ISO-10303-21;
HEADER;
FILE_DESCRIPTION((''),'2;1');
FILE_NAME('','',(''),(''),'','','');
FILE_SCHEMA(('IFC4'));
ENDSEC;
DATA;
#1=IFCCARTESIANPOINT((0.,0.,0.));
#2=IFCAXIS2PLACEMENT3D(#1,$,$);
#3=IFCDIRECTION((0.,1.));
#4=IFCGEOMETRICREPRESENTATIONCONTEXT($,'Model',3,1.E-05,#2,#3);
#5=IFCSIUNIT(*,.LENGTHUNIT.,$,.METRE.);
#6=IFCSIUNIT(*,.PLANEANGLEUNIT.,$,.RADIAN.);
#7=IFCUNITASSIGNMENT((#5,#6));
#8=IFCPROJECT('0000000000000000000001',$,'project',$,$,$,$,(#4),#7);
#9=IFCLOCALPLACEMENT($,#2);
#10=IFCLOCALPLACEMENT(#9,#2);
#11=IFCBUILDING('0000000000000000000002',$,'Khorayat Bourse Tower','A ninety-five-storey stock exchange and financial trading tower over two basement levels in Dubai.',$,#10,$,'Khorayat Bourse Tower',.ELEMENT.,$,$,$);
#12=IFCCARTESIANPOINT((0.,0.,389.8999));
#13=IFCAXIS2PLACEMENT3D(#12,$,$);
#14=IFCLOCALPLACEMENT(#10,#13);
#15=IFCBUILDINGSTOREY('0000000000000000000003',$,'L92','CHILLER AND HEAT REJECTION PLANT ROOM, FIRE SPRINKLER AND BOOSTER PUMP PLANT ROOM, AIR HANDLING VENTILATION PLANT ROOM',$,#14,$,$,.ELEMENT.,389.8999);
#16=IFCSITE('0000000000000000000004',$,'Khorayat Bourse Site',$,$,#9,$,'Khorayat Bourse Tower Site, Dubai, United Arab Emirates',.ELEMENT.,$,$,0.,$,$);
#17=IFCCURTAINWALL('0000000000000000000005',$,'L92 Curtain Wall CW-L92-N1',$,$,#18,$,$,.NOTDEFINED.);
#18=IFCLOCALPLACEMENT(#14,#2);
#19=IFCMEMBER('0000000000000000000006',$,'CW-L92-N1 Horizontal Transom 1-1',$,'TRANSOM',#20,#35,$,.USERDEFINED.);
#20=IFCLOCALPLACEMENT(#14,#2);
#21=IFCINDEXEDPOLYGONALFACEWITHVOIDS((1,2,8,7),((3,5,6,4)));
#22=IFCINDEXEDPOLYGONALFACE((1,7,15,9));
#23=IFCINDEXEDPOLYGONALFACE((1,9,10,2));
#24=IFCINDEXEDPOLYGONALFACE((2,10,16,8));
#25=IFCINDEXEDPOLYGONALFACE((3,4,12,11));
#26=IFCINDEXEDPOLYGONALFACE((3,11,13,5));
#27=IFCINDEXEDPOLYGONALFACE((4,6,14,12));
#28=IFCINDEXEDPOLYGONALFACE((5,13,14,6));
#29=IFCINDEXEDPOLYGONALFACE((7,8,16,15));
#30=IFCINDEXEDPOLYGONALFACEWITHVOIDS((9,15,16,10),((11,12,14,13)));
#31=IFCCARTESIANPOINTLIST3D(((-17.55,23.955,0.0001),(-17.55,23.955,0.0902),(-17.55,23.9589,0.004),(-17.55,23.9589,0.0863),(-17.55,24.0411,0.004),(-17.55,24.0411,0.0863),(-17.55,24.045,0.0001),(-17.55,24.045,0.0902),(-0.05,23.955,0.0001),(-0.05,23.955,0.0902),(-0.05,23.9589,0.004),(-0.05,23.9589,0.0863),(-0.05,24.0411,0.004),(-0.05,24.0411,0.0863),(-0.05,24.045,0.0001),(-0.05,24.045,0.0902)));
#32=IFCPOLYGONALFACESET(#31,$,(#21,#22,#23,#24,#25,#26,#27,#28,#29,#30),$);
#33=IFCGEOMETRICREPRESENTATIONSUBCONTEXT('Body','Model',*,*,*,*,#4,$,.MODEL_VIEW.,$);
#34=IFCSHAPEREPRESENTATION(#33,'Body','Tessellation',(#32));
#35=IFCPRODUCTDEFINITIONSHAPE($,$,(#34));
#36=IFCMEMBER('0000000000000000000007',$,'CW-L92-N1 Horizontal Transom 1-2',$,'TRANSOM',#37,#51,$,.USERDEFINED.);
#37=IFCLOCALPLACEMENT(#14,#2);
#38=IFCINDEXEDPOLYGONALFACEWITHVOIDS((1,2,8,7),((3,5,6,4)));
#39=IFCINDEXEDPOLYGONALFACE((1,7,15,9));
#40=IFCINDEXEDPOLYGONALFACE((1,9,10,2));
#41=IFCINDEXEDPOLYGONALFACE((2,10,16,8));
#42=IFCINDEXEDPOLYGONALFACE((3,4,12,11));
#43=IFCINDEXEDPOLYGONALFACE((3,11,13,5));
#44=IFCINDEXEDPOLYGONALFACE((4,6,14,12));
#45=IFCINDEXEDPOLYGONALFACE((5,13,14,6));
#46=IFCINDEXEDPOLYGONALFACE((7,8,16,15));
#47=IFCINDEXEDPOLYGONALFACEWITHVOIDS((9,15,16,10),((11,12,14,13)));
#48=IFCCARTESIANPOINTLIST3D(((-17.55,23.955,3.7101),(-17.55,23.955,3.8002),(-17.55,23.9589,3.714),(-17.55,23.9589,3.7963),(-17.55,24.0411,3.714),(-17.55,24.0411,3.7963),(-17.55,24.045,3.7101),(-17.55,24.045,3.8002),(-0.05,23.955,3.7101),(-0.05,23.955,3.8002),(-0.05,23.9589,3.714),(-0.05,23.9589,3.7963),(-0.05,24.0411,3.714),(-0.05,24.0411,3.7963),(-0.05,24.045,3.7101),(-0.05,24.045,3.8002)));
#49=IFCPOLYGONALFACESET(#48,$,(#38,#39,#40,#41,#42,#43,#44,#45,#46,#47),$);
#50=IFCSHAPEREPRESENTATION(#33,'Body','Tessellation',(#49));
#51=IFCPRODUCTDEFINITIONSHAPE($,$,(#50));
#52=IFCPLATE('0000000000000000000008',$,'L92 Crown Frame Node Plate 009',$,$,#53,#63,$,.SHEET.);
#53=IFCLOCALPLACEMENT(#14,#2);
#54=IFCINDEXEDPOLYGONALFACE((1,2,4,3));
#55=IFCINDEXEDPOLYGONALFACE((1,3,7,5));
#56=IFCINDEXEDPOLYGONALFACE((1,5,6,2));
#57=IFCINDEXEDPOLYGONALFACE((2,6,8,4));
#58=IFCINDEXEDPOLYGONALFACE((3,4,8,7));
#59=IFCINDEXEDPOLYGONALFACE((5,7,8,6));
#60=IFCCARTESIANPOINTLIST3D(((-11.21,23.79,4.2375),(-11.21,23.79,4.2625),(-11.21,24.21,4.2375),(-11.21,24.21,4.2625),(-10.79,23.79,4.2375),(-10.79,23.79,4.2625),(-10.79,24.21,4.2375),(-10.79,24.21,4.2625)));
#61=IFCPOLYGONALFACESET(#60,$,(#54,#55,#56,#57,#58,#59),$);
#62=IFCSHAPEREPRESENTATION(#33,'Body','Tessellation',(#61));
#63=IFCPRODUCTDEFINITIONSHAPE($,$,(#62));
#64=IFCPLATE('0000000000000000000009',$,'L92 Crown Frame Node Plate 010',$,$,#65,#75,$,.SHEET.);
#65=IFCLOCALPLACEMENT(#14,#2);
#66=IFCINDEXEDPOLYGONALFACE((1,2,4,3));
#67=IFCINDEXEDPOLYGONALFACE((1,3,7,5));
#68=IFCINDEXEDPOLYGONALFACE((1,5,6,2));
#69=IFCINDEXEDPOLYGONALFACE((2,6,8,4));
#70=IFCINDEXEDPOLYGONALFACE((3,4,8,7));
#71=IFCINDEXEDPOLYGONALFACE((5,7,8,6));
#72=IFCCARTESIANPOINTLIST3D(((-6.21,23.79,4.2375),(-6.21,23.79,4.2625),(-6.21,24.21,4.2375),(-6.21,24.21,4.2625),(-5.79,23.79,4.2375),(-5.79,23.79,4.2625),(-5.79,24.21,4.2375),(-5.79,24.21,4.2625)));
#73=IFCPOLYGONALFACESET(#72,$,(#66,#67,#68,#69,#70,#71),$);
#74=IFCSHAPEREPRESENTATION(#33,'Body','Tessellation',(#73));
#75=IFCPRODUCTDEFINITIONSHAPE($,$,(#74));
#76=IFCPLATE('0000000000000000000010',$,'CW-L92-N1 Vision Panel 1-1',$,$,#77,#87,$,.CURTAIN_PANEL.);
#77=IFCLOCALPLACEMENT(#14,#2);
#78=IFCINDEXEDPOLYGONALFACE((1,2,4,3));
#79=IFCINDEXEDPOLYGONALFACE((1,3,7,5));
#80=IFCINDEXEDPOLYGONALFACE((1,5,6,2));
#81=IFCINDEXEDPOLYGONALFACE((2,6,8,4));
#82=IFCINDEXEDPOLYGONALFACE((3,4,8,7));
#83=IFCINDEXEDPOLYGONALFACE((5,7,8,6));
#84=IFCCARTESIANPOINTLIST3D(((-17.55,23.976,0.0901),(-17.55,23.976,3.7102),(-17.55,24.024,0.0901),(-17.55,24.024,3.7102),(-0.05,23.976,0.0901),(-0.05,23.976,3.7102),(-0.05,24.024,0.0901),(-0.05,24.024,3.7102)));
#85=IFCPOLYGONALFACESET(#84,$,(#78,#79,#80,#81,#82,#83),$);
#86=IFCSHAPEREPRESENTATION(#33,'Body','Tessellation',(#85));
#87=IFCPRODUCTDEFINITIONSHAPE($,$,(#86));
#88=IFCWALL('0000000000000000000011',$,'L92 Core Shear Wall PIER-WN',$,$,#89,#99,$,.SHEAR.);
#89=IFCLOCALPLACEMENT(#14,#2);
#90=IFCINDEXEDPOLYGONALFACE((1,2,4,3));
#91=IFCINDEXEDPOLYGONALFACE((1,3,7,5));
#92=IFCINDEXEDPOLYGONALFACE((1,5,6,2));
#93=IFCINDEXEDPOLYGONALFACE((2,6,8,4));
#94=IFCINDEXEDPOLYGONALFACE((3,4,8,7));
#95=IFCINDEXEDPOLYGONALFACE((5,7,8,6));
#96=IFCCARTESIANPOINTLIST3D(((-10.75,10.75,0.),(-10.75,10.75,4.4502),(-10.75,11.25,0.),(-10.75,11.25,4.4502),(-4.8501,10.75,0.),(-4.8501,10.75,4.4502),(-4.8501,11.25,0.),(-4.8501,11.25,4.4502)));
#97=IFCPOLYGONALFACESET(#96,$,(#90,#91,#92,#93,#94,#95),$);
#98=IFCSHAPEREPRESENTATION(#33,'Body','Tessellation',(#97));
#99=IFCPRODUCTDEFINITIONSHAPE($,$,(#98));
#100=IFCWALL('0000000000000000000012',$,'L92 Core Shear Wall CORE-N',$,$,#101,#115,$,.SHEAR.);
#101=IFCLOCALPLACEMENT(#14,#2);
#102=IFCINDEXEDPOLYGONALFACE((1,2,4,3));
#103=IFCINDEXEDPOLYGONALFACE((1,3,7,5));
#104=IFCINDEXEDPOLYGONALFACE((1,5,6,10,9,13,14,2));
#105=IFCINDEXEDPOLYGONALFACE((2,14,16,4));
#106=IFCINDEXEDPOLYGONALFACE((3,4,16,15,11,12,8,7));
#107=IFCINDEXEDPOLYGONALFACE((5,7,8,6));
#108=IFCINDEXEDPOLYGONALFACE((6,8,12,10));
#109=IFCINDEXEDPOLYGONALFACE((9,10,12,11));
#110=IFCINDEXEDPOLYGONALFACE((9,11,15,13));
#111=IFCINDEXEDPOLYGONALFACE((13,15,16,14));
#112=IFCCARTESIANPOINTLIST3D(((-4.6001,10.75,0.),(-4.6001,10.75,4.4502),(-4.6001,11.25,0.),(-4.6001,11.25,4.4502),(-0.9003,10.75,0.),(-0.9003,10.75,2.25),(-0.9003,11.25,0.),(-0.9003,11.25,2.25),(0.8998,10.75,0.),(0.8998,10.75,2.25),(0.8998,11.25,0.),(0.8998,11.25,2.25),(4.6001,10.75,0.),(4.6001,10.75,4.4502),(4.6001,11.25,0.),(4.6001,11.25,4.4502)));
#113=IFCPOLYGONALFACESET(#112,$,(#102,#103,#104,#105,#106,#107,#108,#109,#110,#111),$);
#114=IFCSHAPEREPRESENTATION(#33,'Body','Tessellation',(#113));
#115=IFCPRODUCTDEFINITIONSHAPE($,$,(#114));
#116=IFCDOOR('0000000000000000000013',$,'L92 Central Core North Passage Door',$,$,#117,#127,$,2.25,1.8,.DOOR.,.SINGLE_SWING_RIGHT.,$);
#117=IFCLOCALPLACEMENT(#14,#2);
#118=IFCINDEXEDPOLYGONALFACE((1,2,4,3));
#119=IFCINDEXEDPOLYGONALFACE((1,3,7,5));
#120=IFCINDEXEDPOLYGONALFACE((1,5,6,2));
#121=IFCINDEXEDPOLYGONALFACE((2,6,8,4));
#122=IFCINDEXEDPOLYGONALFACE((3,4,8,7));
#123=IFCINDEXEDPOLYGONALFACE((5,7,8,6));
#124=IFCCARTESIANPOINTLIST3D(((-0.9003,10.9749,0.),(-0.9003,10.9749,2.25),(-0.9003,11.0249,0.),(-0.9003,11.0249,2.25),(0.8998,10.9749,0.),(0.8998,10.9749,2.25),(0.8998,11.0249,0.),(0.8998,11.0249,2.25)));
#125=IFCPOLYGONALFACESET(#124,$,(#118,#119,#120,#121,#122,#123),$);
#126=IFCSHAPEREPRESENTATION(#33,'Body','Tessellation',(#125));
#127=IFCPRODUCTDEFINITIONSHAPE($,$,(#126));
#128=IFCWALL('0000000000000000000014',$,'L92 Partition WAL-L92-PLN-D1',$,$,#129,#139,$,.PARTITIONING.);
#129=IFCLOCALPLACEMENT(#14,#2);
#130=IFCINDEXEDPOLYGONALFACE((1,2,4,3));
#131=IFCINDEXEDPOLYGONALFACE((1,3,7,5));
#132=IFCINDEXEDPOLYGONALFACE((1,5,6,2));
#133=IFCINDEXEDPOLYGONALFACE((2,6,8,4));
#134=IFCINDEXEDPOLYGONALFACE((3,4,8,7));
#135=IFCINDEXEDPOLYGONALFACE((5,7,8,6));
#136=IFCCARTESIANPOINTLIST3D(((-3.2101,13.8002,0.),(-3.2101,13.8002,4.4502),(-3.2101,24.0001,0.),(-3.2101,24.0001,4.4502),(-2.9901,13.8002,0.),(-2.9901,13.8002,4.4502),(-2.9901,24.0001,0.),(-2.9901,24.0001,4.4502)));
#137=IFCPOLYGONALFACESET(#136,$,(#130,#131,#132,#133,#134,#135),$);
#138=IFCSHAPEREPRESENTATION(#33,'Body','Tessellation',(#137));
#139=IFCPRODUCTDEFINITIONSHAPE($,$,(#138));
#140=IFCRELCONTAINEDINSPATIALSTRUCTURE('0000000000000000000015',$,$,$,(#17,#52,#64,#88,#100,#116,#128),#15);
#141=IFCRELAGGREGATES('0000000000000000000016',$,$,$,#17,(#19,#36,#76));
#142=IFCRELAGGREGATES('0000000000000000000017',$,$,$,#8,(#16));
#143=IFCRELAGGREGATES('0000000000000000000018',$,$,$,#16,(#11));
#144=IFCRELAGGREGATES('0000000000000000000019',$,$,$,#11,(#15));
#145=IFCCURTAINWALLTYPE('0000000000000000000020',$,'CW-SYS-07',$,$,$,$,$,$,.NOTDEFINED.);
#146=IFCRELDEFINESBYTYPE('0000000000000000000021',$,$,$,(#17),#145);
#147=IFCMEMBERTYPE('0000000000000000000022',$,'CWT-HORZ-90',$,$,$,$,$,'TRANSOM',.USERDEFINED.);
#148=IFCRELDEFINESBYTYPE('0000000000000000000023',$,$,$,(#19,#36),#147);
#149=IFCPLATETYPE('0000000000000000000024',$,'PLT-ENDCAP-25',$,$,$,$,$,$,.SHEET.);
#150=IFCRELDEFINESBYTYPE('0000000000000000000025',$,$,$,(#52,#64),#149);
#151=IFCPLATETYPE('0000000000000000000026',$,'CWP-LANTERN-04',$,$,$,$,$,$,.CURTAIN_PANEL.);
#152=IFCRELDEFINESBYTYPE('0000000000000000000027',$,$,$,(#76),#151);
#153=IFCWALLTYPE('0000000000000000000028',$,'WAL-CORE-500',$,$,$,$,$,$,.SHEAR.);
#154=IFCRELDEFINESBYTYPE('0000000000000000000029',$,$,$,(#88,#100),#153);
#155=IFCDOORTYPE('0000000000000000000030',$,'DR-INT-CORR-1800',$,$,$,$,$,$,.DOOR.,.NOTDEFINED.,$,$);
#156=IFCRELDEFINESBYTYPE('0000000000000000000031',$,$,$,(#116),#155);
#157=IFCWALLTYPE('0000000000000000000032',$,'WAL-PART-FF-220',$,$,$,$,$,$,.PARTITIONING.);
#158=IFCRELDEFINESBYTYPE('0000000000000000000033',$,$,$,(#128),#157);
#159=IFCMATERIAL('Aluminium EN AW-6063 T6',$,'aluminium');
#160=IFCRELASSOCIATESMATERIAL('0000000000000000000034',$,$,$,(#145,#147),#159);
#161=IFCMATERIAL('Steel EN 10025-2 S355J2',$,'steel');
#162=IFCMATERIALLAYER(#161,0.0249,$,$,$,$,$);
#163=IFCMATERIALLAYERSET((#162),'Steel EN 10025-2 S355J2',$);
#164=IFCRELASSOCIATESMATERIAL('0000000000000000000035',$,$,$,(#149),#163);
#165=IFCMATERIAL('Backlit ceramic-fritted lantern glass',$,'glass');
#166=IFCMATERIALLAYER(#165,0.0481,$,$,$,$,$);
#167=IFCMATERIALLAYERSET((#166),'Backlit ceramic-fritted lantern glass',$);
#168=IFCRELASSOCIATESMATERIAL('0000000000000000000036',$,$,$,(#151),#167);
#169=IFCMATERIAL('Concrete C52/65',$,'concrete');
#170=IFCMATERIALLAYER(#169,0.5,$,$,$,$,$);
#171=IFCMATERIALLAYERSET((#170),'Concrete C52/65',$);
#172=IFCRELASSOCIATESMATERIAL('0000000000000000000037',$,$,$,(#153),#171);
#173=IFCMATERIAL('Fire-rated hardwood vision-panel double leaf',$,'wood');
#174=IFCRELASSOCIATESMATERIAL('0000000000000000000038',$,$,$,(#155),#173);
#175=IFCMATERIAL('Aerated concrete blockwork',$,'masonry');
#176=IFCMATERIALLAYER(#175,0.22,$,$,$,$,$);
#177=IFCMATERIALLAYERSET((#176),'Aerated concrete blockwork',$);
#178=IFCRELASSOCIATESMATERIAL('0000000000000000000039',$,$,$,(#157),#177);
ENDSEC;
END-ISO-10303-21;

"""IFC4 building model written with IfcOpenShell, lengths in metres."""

from ifc_helpers import new_model, si_unit, direction, frame, frame_2d, origin, origin_2d, place, context, subcontext, project, spatial, rectangle, hollow_rectangle, extrude, source, transform, mapped, material, layer, layer_set, material_profile, profile_set, type_object, element, fill, aggregate, save


model = new_model("IFC4")

# Units and contexts
model_context = context("Model", 3, precision=1e-05, world=origin(), true_north=direction((0.0, 1.0)))
body_context = subcontext(model_context, "Body", "Model", "MODEL_VIEW")
ifc_project = project(units=[si_unit("LENGTHUNIT", "METRE"), si_unit("PLANEANGLEUNIT", "RADIAN")], contexts=[model_context])

# Site, building, storey
site_placement = place(None, origin())
site = spatial("IfcSite", under=ifc_project, at=site_placement, Name="Khorayat Bourse Site", LongName="Khorayat Bourse Tower Site, Dubai, United Arab Emirates", CompositionType="ELEMENT", RefElevation=0.0)
building_placement = place(site_placement, origin())
building = spatial("IfcBuilding", under=site, at=building_placement, Name="Khorayat Bourse Tower", Description="A ninety-five-storey stock exchange and financial trading tower over two basement levels in Dubai.", LongName="Khorayat Bourse Tower", CompositionType="ELEMENT")
storey_placement = place(building_placement, frame((0.0, 0.0, 389.8999)))
storey = spatial("IfcBuildingStorey", under=building, at=storey_placement, Name="L92", Description="CHILLER AND HEAT REJECTION PLANT ROOM, FIRE SPRINKLER AND BOOSTER PUMP PLANT ROOM, AIR HANDLING VENTILATION PLANT ROOM", CompositionType="ELEMENT", Elevation=389.8999)

# Shared definitions
ifc_material_1 = material(Name="Concrete C52/65", Category="concrete")
ifc_material_2 = material(Name="Steel EN 10025-2 S355J2", Category="steel")

# Curtain wall, members
ifc_material_3 = material(Name="Aluminium EN AW-6063 T6", Category="aluminium")
curtain_wall_type = type_object("IfcCurtainWallType", Name="CW-SYS-07", PredefinedType="NOTDEFINED", material=ifc_material_3)
curtain_wall_placement = place(storey_placement, origin())
curtain_wall = element("IfcCurtainWall", 1, at=curtain_wall_placement, inside=storey, type_object=curtain_wall_type, Name="L92 Curtain Wall CW-L92-N1", PredefinedType="NOTDEFINED")
ifc_material_profile_1 = material_profile(ifc_material_3, hollow_rectangle(XDim=0.0901, YDim=0.0901, WallThickness=0.0039, at=origin_2d()), Name="ALU 90x90x4")
ifc_profile_set_1 = profile_set([ifc_material_profile_1], Name="Aluminium EN AW-6063 T6")
member_type_1 = type_object("IfcMemberType", Name="CWT-HORZ-90", ElementType="TRANSOM", PredefinedType="USERDEFINED", material=ifc_profile_set_1)
shared_shape_1 = source(origin(), body_context, "Body", "SweptSolid", [
    extrude(hollow_rectangle(XDim=0.0901, YDim=0.0901, WallThickness=0.0039, at=origin_2d()), origin(), (0.0, 0.0, 1.0), 17.5),
])
member_1_placement = place(storey_placement, frame((-17.55, 24.0, 0.0452), z_axis=(1.0, 0.0, 0.0), x_axis=(0.0, 1.0, 0.0)))
member_1 = element("IfcMember", 2, at=member_1_placement, type_object=member_type_1, Name="CW-L92-N1 Horizontal Transom 1-1", ObjectType="TRANSOM", PredefinedType="USERDEFINED", context=body_context, shape_type="MappedRepresentation", body=[
    mapped(shared_shape_1, transform((0.0, 0.0, 0.0), scale=1.0)),
])
member_2_placement = place(storey_placement, frame((-17.55, 24.0, 3.7551), z_axis=(1.0, 0.0, 0.0), x_axis=(0.0, 1.0, 0.0)))
member_2 = element("IfcMember", 3, at=member_2_placement, type_object=member_type_1, Name="CW-L92-N1 Horizontal Transom 1-2", ObjectType="TRANSOM", PredefinedType="USERDEFINED", context=body_context, shape_type="MappedRepresentation", body=[
    mapped(shared_shape_1, transform((0.0, 0.0, 0.0), scale=1.0)),
])

# Plates
ifc_layer_1 = layer(ifc_material_2, 0.0249)
ifc_layer_set_1 = layer_set([ifc_layer_1], Name="Steel EN 10025-2 S355J2")
plate_type_1 = type_object("IfcPlateType", Name="PLT-ENDCAP-25", PredefinedType="SHEET", material=ifc_layer_set_1)
shared_shape_2 = source(origin(), body_context, "Body", "SweptSolid", [
    extrude(rectangle(XDim=0.4199, YDim=0.4199, at=origin_2d()), origin(), (0.0, 0.0, 1.0), 0.0249),
])
for number, where, z_axis, x_axis, name in (
    (4, (-11.0, 24.0, 4.2375), (0.0, 0.0, 1.0), (1.0, 0.0, 0.0), "L92 Crown Frame Node Plate 009"),
    (5, (-6.0, 24.0, 4.2375), (0.0, 0.0, 1.0), (1.0, 0.0, 0.0), "L92 Crown Frame Node Plate 010"),
):
    element("IfcPlate", number, at=place(storey_placement, frame(where, z_axis=z_axis, x_axis=x_axis)), inside=storey, type_object=plate_type_1, Name=name, PredefinedType="SHEET", context=body_context, shape_type="MappedRepresentation", body=[
        mapped(shared_shape_2, transform((0.0, 0.0, 0.0), scale=1.0)),
    ])

# Plate
ifc_material_4 = material(Name="Backlit ceramic-fritted lantern glass", Category="glass")
ifc_layer_2 = layer(ifc_material_4, 0.0481)
ifc_layer_set_2 = layer_set([ifc_layer_2], Name="Backlit ceramic-fritted lantern glass")
plate_type_2 = type_object("IfcPlateType", Name="CWP-LANTERN-04", PredefinedType="CURTAIN_PANEL", material=ifc_layer_set_2)
shared_shape_3 = source(origin(), body_context, "Body", "SweptSolid", [
    extrude(rectangle(XDim=17.5, YDim=0.0481, at=origin_2d()), origin(), (0.0, 0.0, 1.0), 3.6201),
])
plate_placement = place(storey_placement, frame((-8.8, 24.0, 0.0901), z_axis=(0.0, 0.0, 1.0), x_axis=(1.0, 0.0, 0.0)))
plate = element("IfcPlate", 6, at=plate_placement, type_object=plate_type_2, Name="CW-L92-N1 Vision Panel 1-1", PredefinedType="CURTAIN_PANEL", context=body_context, shape_type="MappedRepresentation", body=[
    mapped(shared_shape_3, transform((0.0, 0.0, 0.0), scale=1.0)),
])
aggregate(curtain_wall, [member_1, member_2, plate])

# Wall
ifc_layer_3 = layer(ifc_material_1, 0.5)
ifc_layer_set_3 = layer_set([ifc_layer_3], Name="Concrete C52/65")
wall_type_1 = type_object("IfcWallType", Name="WAL-CORE-500", PredefinedType="SHEAR", material=ifc_layer_set_3)
shared_shape_4 = source(origin(), body_context, "Body", "SweptSolid", [
    extrude(rectangle(XDim=5.8999, YDim=0.5, at=frame_2d((2.95, 0.0))), origin(), (0.0, 0.0, 1.0), 4.4502),
])
wall_1_placement = place(storey_placement, frame((-10.75, 11.0, 0.0), z_axis=(0.0, 0.0, 1.0), x_axis=(1.0, 0.0, 0.0)))
element("IfcWall", 7, at=wall_1_placement, inside=storey, type_object=wall_type_1, Name="L92 Core Shear Wall PIER-WN", PredefinedType="SHEAR", context=body_context, shape_type="MappedRepresentation", body=[
    mapped(shared_shape_4, transform((0.0, 0.0, 0.0), scale=1.0)),
])

# Wall, opening, door
shared_shape_5 = source(origin(), body_context, "Body", "SweptSolid", [
    extrude(rectangle(XDim=9.2002, YDim=0.5, at=frame_2d((4.6001, 0.0))), origin(), (0.0, 0.0, 1.0), 4.4502),
])
wall_2_placement = place(storey_placement, frame((-4.6001, 11.0, 0.0), z_axis=(0.0, 0.0, 1.0), x_axis=(1.0, 0.0, 0.0)))
wall_2 = element("IfcWall", 8, at=wall_2_placement, inside=storey, type_object=wall_type_1, Name="L92 Core Shear Wall CORE-N", PredefinedType="SHEAR", context=body_context, shape_type="MappedRepresentation", body=[
    mapped(shared_shape_5, transform((0.0, 0.0, 0.0), scale=1.0)),
])
shared_shape_6 = source(origin(), body_context, "Body", "SweptSolid", [
    extrude(rectangle(XDim=1.8, YDim=2.25, at=frame_2d((0.8999, 1.125))), frame((0.0, 0.26, 0.0), z_axis=(0.0, -1.0, 0.0), x_axis=(1.0, 0.0, 0.0)), (0.0, 0.0, 1.0), 0.52),
])
opening_placement = place(wall_2_placement, frame((3.7, 0.0, 0.0)))
opening = element("IfcOpeningElement", 9, at=opening_placement, cuts=wall_2, PredefinedType="OPENING", context=body_context, shape_type="MappedRepresentation", body=[
    mapped(shared_shape_6, transform((0.0, 0.0, 0.0), scale=1.0)),
])
ifc_material_5 = material(Name="Fire-rated hardwood vision-panel double leaf", Category="wood")
door_type = type_object("IfcDoorType", Name="DR-INT-CORR-1800", OperationType="NOTDEFINED", PredefinedType="DOOR", material=ifc_material_5)
shared_shape_7 = source(origin(), body_context, "Body", "SweptSolid", [
    extrude(rectangle(XDim=1.8, YDim=2.25, at=frame_2d((0.8999, 1.125))), frame((0.0, 0.0249, 0.0), z_axis=(0.0, -1.0, 0.0), x_axis=(1.0, 0.0, 0.0)), (0.0, 0.0, 1.0), 0.05),
])
door_placement = place(opening_placement, origin())
door = element("IfcDoor", 10, at=door_placement, inside=storey, type_object=door_type, Name="L92 Central Core North Passage Door", OperationType="SINGLE_SWING_RIGHT", OverallHeight=2.25, OverallWidth=1.8, PredefinedType="DOOR", context=body_context, shape_type="MappedRepresentation", body=[
    mapped(shared_shape_7, transform((0.0, 0.0, 0.0), scale=1.0)),
])
fill(opening, door)

# Wall
ifc_material_6 = material(Name="Aerated concrete blockwork", Category="masonry")
ifc_layer_4 = layer(ifc_material_6, 0.22)
ifc_layer_set_4 = layer_set([ifc_layer_4], Name="Aerated concrete blockwork")
wall_type_2 = type_object("IfcWallType", Name="WAL-PART-FF-220", PredefinedType="PARTITIONING", material=ifc_layer_set_4)
shared_shape_8 = source(origin(), body_context, "Body", "SweptSolid", [
    extrude(rectangle(XDim=10.2, YDim=0.22, at=frame_2d((5.1001, 0.0))), origin(), (0.0, 0.0, 1.0), 4.4502),
])
wall_3_placement = place(storey_placement, frame((-3.1001, 13.8, 0.0), z_axis=(0.0, 0.0, 1.0), x_axis=(0.0, 1.0, 0.0)))
element("IfcWall", 11, at=wall_3_placement, inside=storey, type_object=wall_type_2, Name="L92 Partition WAL-L92-PLN-D1", PredefinedType="PARTITIONING", context=body_context, shape_type="MappedRepresentation", body=[
    mapped(shared_shape_8, transform((0.0, 0.0, 0.0), scale=1.0)),
])

save(model, "model.ifc")
